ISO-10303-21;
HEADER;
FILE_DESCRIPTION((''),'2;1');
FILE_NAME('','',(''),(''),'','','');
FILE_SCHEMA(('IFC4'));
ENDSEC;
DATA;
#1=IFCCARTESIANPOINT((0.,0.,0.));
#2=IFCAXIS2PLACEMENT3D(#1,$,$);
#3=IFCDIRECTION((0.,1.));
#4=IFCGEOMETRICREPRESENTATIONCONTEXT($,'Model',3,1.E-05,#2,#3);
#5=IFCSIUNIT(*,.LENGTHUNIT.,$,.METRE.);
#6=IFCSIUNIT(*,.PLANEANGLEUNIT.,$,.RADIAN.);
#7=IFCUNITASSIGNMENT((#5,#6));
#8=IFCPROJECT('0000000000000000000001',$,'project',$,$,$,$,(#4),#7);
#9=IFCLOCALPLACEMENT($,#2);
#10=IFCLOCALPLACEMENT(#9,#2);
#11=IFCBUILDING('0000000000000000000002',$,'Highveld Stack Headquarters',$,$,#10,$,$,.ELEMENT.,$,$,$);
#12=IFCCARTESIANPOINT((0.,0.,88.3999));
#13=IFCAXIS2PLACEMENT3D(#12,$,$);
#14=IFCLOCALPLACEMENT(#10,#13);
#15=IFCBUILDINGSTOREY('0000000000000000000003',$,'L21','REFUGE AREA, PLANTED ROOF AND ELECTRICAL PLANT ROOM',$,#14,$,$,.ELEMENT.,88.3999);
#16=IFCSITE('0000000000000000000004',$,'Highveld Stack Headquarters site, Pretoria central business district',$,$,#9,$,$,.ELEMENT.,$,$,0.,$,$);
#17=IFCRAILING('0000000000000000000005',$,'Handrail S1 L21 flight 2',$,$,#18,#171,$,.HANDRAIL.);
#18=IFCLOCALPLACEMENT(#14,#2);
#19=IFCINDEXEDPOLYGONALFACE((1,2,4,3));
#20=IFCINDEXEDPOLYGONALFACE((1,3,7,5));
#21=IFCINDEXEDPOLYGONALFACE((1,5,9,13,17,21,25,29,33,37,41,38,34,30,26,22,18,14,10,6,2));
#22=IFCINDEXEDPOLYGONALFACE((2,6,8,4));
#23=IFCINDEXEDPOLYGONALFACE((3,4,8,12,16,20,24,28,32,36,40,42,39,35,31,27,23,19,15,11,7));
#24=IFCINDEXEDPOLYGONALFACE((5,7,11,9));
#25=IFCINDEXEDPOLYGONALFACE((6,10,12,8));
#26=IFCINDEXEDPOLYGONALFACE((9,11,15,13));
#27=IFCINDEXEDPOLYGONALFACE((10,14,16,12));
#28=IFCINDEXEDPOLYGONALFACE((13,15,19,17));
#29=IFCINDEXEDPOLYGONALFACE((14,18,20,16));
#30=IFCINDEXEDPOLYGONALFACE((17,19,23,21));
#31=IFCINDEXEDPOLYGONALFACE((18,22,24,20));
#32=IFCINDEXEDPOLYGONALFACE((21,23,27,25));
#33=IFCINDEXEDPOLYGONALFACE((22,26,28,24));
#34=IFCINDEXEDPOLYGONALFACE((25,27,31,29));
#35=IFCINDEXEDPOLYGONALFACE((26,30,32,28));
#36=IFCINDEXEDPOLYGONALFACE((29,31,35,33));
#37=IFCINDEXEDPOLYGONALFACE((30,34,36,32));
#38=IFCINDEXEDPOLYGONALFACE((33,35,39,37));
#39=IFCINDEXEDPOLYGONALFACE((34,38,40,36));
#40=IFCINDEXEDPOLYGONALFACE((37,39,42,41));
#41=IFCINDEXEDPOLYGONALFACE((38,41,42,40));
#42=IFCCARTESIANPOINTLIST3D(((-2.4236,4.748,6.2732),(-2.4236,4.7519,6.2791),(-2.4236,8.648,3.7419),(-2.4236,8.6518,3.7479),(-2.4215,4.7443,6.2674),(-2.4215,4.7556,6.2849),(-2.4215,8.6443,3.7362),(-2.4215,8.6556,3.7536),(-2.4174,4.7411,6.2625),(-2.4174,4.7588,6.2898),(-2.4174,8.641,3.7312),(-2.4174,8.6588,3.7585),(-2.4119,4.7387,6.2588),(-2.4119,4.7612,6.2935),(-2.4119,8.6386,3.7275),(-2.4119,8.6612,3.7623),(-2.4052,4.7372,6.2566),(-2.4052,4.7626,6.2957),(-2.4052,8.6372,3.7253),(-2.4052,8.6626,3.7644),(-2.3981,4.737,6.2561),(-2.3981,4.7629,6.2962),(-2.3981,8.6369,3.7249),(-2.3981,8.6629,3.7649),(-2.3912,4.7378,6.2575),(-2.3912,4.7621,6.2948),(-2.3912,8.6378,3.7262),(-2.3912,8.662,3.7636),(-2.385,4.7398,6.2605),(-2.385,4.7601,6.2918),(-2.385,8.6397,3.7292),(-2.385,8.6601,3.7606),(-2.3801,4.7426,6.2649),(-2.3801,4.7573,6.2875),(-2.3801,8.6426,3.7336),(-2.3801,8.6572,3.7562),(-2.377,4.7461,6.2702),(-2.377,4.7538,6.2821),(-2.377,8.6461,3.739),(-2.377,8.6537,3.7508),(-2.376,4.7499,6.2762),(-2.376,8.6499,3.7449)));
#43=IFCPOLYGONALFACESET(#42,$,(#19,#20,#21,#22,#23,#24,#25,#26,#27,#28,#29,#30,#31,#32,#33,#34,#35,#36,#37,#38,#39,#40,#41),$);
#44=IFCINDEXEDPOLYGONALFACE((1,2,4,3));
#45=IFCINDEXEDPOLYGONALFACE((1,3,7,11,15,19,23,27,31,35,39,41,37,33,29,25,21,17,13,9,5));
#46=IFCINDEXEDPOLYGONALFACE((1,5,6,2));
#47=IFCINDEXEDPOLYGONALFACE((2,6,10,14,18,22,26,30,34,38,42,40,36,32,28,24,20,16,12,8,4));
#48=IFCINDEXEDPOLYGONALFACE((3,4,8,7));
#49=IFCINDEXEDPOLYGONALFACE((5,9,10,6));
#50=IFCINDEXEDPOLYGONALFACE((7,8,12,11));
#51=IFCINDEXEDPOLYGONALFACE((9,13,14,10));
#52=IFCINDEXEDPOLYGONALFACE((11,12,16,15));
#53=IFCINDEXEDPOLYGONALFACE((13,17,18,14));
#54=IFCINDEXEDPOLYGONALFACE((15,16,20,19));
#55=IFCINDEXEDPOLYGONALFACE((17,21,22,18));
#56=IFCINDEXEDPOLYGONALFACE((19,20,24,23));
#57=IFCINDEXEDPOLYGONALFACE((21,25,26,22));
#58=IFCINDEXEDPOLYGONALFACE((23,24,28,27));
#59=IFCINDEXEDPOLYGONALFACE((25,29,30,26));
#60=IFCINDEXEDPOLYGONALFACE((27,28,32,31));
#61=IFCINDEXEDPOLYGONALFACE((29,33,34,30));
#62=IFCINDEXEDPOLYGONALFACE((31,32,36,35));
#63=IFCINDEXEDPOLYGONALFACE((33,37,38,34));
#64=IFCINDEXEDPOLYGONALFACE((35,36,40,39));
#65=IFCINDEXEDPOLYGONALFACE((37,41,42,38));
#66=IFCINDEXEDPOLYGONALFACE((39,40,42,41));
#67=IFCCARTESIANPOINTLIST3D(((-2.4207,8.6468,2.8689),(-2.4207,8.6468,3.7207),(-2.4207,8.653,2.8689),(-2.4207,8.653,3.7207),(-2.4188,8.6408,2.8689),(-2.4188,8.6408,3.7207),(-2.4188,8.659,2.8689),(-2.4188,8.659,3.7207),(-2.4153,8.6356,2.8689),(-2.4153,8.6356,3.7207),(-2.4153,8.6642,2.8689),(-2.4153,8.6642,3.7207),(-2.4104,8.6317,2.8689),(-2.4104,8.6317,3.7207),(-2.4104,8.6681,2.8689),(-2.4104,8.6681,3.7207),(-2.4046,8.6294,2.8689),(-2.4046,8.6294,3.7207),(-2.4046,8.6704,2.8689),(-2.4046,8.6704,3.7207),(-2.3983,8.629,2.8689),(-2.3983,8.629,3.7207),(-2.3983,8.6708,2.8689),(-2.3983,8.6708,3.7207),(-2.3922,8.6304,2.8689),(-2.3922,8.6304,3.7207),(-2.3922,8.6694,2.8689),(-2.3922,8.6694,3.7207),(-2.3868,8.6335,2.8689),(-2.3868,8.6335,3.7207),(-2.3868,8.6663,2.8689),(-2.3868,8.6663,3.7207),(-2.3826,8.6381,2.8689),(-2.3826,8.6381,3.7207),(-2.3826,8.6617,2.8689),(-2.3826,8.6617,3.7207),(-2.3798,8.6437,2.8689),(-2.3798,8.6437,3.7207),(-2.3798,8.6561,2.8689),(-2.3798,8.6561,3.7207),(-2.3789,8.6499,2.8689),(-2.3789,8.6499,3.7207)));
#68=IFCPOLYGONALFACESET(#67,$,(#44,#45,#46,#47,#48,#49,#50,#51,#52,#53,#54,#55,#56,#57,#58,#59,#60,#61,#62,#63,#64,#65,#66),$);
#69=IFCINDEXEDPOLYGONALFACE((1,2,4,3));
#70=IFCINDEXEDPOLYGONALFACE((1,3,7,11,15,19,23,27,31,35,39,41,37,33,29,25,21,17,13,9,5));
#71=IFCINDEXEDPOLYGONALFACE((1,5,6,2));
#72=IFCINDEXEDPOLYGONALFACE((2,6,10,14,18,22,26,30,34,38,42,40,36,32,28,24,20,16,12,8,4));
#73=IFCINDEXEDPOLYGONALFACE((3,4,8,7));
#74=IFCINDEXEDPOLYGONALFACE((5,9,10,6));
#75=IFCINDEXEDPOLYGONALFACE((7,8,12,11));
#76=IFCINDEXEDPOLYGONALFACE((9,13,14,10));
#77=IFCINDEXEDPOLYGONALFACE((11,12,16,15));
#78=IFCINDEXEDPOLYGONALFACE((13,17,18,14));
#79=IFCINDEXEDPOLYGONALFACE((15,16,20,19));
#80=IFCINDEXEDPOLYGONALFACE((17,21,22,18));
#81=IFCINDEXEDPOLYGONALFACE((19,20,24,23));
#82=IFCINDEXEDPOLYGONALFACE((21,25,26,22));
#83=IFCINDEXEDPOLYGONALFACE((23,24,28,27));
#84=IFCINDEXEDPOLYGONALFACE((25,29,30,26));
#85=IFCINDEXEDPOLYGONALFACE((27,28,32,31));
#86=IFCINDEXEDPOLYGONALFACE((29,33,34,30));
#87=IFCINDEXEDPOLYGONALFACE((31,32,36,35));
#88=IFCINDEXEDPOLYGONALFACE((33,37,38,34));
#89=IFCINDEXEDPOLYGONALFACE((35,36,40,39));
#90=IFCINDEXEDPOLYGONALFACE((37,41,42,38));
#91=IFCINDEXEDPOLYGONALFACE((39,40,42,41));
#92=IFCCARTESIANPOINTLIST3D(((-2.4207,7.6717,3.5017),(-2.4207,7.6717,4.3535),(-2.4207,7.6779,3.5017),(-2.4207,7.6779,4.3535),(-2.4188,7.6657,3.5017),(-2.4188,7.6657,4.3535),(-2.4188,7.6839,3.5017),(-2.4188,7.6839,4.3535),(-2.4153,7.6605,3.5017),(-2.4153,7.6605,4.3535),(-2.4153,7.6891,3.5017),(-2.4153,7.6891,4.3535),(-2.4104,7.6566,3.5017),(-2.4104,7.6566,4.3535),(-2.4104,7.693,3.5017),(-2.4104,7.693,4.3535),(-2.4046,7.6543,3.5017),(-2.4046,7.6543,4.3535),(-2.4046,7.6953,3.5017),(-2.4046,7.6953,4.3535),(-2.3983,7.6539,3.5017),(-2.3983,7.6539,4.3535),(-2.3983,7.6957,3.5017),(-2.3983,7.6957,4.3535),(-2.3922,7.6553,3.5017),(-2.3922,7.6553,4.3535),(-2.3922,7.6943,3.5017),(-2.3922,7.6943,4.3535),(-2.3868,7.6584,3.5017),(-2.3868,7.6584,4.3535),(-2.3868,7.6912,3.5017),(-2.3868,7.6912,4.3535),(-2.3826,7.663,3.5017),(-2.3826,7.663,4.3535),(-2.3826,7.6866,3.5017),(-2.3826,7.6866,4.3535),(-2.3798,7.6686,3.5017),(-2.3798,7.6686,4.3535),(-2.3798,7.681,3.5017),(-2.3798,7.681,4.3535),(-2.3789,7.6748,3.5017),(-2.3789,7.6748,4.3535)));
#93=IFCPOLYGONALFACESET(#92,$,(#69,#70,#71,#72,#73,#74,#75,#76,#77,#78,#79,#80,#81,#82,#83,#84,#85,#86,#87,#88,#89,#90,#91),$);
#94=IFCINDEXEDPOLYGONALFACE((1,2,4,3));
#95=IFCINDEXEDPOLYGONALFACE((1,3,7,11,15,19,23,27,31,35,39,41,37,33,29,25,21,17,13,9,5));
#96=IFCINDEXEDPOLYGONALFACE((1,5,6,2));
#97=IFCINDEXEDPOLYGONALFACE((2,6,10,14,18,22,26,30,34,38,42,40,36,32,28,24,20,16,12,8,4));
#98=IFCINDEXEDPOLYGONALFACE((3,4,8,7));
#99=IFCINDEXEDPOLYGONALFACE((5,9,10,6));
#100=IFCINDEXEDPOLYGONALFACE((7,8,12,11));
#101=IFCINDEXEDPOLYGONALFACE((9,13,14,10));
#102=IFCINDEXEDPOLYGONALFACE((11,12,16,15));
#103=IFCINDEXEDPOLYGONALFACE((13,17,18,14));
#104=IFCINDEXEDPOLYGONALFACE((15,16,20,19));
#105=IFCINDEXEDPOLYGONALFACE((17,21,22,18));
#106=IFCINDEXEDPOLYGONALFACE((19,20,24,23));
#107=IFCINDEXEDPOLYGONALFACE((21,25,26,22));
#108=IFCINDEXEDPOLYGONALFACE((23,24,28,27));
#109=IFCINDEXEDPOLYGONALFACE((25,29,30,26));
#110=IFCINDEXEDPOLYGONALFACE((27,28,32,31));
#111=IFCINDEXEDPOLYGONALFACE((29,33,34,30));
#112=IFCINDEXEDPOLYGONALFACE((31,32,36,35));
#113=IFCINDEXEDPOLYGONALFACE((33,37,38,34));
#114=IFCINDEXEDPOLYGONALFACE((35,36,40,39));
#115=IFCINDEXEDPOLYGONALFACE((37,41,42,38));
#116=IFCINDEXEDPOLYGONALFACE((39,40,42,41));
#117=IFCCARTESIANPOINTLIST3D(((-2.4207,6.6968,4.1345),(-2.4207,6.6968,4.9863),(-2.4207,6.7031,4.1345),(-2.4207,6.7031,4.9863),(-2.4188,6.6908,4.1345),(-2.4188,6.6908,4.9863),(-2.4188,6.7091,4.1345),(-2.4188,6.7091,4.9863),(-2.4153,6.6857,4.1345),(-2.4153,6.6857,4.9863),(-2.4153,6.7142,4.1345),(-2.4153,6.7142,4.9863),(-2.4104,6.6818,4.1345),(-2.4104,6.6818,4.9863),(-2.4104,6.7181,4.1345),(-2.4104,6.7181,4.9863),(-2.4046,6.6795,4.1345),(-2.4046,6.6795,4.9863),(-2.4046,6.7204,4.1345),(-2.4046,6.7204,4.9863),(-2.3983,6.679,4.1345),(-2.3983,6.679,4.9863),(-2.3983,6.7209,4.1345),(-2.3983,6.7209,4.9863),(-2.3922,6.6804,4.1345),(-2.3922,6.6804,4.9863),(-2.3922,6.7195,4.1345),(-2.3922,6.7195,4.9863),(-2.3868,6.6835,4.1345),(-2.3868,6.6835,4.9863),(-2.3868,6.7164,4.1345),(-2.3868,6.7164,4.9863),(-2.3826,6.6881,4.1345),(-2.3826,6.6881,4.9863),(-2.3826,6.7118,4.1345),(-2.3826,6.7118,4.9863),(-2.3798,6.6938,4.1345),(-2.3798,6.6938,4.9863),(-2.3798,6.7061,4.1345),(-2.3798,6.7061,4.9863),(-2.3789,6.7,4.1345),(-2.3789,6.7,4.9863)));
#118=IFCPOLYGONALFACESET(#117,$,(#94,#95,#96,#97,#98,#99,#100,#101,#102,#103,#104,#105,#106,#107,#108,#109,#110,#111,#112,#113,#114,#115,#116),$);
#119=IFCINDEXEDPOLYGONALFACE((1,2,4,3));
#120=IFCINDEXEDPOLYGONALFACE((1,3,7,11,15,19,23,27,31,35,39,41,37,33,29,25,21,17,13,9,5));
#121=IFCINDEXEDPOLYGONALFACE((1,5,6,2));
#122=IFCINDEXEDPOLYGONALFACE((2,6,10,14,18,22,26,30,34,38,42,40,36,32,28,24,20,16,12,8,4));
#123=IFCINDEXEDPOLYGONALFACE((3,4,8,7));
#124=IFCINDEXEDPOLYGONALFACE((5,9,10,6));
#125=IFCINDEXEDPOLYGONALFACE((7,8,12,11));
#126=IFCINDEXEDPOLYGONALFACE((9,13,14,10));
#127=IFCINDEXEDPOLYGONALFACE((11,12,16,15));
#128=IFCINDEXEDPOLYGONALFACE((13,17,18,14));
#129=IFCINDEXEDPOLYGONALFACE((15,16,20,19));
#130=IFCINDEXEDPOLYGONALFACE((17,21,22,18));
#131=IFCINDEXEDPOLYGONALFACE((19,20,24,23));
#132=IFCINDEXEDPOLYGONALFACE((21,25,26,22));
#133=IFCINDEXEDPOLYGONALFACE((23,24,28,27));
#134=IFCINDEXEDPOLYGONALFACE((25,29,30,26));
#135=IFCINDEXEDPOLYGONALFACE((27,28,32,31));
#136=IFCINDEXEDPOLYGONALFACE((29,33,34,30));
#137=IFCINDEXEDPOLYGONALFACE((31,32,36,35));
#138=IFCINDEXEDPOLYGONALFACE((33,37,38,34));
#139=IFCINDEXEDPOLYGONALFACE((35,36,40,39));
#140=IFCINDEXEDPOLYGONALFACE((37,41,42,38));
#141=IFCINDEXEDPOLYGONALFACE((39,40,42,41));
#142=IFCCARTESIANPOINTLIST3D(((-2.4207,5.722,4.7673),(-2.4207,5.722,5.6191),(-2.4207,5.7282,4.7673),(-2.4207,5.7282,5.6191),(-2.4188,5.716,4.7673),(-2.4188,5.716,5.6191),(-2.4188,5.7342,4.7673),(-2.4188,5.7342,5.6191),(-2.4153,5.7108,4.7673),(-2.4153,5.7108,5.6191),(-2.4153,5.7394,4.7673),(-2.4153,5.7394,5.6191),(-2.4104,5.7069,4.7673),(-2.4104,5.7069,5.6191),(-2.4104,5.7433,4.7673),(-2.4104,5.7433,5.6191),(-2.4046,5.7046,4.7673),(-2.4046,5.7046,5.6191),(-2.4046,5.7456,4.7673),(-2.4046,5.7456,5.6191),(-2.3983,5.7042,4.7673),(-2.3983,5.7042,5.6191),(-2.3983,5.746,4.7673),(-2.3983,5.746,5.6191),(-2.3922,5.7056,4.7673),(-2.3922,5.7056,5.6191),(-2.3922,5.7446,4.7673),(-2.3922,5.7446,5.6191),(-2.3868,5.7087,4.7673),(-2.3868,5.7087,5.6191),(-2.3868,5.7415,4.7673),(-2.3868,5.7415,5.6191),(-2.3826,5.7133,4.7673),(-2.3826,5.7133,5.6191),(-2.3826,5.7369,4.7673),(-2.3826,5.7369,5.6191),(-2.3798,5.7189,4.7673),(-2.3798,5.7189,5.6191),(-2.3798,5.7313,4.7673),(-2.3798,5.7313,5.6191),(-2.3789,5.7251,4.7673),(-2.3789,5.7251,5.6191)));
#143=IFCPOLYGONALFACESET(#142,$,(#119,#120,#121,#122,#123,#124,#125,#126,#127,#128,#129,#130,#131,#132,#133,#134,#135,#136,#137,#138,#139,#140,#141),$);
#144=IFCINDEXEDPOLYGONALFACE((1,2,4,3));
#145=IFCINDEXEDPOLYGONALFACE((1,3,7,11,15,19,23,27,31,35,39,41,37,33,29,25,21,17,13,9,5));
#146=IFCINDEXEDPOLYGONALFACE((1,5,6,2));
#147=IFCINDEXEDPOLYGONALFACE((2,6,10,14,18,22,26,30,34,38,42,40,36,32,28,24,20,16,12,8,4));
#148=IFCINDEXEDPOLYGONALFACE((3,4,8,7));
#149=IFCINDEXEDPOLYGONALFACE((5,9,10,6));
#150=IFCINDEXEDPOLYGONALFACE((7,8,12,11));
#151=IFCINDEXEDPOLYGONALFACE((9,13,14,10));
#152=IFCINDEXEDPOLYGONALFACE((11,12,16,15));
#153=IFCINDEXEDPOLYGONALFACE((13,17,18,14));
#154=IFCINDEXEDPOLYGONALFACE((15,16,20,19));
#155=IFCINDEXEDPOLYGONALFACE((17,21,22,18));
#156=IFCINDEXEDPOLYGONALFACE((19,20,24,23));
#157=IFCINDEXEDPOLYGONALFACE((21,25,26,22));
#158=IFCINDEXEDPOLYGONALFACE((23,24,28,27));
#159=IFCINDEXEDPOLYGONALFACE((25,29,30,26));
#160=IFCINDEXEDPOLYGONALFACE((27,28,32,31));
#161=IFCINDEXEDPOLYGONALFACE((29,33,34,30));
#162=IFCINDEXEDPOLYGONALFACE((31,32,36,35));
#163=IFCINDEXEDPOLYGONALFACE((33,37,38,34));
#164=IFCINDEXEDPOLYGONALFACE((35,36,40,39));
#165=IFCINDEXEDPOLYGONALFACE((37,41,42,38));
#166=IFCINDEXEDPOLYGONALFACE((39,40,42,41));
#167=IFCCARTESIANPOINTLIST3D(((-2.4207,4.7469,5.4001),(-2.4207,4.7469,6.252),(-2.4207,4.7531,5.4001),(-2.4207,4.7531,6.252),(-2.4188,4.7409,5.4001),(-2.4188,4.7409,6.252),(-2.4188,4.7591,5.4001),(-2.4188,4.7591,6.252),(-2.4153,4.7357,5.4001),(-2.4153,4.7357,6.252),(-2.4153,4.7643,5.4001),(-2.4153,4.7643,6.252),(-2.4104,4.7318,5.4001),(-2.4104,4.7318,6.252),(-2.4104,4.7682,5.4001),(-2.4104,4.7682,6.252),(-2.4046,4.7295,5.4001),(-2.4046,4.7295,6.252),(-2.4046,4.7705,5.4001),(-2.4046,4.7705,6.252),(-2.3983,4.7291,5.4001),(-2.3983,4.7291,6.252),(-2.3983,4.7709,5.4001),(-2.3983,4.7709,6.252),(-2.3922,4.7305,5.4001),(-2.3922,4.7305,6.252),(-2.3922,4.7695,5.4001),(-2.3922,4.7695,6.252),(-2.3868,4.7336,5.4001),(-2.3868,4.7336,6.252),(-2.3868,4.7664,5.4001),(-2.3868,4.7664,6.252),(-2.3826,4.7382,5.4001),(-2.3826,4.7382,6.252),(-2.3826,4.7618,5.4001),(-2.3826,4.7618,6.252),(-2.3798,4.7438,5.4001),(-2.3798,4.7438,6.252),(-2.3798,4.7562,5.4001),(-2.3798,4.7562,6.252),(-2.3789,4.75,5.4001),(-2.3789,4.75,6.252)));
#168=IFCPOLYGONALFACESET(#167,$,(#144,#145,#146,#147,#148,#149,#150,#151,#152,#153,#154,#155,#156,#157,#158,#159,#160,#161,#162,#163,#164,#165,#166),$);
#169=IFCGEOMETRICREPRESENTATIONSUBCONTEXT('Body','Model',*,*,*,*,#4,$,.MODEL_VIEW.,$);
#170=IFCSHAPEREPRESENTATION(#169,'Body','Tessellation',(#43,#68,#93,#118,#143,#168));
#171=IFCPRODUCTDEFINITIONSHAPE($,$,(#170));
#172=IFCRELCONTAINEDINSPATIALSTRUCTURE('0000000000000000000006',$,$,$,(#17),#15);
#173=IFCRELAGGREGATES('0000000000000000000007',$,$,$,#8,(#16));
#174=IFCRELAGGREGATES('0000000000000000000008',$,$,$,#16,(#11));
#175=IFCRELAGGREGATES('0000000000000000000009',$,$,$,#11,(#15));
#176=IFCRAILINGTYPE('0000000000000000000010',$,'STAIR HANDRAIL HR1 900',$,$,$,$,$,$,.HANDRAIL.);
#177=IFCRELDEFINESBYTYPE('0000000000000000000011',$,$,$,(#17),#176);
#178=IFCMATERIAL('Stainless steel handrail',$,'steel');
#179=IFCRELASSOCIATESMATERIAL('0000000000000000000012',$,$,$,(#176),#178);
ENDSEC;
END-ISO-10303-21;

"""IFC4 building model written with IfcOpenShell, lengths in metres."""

from ifc_helpers import new_model, si_unit, direction, frame, origin, origin_2d, place, context, subcontext, project, spatial, circle, extrude, material, type_object, element, save


model = new_model("IFC4")

# Units and contexts
model_context = context("Model", 3, precision=1e-05, world=origin(), true_north=direction((0.0, 1.0)))
body_context = subcontext(model_context, "Body", "Model", "MODEL_VIEW")
ifc_project = project(units=[si_unit("LENGTHUNIT", "METRE"), si_unit("PLANEANGLEUNIT", "RADIAN")], contexts=[model_context])

# Site, building, storey
site_placement = place(None, origin())
site = spatial("IfcSite", under=ifc_project, at=site_placement, Name="Highveld Stack Headquarters site, Pretoria central business district", CompositionType="ELEMENT", RefElevation=0.0)
building_placement = place(site_placement, origin())
building = spatial("IfcBuilding", under=site, at=building_placement, Name="Highveld Stack Headquarters", CompositionType="ELEMENT")
storey_placement = place(building_placement, frame((0.0, 0.0, 88.3999)))
storey = spatial("IfcBuildingStorey", under=building, at=storey_placement, Name="L21", Description="REFUGE AREA, PLANTED ROOF AND ELECTRICAL PLANT ROOM", CompositionType="ELEMENT", Elevation=88.3999)

# Railing
ifc_material_1 = material(Name="Stainless steel handrail", Category="steel")
railing_type = type_object("IfcRailingType", Name="STAIR HANDRAIL HR1 900", PredefinedType="HANDRAIL", material=ifc_material_1)
for number, where, name in (
    (1, (-2.3999, 8.6499, 2.8689), "Handrail S1 L21 flight 2"),
):
    element("IfcRailing", number, at=place(storey_placement, frame(where)), inside=storey, type_object=railing_type, Name=name, PredefinedType="HANDRAIL", context=body_context, shape_type="SweptSolid", body=[
        extrude(circle(Radius=0.0239, at=origin_2d()), frame((0.0, 0.0, 0.876), z_axis=(0.0, -0.838806, 0.544431), x_axis=(1.0, 0.0, 0.0)), (0.0, 0.0, 1.0), 4.6494),
        extrude(circle(Radius=0.021, at=origin_2d()), origin(), (0.0, 0.0, 1.0), 0.8518),
        extrude(circle(Radius=0.021, at=origin_2d()), frame((0.0, -0.9751, 0.6328)), (0.0, 0.0, 1.0), 0.8518),
        extrude(circle(Radius=0.021, at=origin_2d()), frame((0.0, -1.95, 1.2656)), (0.0, 0.0, 1.0), 0.8518),
        extrude(circle(Radius=0.021, at=origin_2d()), frame((0.0, -2.9248, 1.8984)), (0.0, 0.0, 1.0), 0.8518),
        extrude(circle(Radius=0.021, at=origin_2d()), frame((0.0, -3.8999, 2.5312)), (0.0, 0.0, 1.0), 0.8518),
    ])

save(model, "model.ifc")
